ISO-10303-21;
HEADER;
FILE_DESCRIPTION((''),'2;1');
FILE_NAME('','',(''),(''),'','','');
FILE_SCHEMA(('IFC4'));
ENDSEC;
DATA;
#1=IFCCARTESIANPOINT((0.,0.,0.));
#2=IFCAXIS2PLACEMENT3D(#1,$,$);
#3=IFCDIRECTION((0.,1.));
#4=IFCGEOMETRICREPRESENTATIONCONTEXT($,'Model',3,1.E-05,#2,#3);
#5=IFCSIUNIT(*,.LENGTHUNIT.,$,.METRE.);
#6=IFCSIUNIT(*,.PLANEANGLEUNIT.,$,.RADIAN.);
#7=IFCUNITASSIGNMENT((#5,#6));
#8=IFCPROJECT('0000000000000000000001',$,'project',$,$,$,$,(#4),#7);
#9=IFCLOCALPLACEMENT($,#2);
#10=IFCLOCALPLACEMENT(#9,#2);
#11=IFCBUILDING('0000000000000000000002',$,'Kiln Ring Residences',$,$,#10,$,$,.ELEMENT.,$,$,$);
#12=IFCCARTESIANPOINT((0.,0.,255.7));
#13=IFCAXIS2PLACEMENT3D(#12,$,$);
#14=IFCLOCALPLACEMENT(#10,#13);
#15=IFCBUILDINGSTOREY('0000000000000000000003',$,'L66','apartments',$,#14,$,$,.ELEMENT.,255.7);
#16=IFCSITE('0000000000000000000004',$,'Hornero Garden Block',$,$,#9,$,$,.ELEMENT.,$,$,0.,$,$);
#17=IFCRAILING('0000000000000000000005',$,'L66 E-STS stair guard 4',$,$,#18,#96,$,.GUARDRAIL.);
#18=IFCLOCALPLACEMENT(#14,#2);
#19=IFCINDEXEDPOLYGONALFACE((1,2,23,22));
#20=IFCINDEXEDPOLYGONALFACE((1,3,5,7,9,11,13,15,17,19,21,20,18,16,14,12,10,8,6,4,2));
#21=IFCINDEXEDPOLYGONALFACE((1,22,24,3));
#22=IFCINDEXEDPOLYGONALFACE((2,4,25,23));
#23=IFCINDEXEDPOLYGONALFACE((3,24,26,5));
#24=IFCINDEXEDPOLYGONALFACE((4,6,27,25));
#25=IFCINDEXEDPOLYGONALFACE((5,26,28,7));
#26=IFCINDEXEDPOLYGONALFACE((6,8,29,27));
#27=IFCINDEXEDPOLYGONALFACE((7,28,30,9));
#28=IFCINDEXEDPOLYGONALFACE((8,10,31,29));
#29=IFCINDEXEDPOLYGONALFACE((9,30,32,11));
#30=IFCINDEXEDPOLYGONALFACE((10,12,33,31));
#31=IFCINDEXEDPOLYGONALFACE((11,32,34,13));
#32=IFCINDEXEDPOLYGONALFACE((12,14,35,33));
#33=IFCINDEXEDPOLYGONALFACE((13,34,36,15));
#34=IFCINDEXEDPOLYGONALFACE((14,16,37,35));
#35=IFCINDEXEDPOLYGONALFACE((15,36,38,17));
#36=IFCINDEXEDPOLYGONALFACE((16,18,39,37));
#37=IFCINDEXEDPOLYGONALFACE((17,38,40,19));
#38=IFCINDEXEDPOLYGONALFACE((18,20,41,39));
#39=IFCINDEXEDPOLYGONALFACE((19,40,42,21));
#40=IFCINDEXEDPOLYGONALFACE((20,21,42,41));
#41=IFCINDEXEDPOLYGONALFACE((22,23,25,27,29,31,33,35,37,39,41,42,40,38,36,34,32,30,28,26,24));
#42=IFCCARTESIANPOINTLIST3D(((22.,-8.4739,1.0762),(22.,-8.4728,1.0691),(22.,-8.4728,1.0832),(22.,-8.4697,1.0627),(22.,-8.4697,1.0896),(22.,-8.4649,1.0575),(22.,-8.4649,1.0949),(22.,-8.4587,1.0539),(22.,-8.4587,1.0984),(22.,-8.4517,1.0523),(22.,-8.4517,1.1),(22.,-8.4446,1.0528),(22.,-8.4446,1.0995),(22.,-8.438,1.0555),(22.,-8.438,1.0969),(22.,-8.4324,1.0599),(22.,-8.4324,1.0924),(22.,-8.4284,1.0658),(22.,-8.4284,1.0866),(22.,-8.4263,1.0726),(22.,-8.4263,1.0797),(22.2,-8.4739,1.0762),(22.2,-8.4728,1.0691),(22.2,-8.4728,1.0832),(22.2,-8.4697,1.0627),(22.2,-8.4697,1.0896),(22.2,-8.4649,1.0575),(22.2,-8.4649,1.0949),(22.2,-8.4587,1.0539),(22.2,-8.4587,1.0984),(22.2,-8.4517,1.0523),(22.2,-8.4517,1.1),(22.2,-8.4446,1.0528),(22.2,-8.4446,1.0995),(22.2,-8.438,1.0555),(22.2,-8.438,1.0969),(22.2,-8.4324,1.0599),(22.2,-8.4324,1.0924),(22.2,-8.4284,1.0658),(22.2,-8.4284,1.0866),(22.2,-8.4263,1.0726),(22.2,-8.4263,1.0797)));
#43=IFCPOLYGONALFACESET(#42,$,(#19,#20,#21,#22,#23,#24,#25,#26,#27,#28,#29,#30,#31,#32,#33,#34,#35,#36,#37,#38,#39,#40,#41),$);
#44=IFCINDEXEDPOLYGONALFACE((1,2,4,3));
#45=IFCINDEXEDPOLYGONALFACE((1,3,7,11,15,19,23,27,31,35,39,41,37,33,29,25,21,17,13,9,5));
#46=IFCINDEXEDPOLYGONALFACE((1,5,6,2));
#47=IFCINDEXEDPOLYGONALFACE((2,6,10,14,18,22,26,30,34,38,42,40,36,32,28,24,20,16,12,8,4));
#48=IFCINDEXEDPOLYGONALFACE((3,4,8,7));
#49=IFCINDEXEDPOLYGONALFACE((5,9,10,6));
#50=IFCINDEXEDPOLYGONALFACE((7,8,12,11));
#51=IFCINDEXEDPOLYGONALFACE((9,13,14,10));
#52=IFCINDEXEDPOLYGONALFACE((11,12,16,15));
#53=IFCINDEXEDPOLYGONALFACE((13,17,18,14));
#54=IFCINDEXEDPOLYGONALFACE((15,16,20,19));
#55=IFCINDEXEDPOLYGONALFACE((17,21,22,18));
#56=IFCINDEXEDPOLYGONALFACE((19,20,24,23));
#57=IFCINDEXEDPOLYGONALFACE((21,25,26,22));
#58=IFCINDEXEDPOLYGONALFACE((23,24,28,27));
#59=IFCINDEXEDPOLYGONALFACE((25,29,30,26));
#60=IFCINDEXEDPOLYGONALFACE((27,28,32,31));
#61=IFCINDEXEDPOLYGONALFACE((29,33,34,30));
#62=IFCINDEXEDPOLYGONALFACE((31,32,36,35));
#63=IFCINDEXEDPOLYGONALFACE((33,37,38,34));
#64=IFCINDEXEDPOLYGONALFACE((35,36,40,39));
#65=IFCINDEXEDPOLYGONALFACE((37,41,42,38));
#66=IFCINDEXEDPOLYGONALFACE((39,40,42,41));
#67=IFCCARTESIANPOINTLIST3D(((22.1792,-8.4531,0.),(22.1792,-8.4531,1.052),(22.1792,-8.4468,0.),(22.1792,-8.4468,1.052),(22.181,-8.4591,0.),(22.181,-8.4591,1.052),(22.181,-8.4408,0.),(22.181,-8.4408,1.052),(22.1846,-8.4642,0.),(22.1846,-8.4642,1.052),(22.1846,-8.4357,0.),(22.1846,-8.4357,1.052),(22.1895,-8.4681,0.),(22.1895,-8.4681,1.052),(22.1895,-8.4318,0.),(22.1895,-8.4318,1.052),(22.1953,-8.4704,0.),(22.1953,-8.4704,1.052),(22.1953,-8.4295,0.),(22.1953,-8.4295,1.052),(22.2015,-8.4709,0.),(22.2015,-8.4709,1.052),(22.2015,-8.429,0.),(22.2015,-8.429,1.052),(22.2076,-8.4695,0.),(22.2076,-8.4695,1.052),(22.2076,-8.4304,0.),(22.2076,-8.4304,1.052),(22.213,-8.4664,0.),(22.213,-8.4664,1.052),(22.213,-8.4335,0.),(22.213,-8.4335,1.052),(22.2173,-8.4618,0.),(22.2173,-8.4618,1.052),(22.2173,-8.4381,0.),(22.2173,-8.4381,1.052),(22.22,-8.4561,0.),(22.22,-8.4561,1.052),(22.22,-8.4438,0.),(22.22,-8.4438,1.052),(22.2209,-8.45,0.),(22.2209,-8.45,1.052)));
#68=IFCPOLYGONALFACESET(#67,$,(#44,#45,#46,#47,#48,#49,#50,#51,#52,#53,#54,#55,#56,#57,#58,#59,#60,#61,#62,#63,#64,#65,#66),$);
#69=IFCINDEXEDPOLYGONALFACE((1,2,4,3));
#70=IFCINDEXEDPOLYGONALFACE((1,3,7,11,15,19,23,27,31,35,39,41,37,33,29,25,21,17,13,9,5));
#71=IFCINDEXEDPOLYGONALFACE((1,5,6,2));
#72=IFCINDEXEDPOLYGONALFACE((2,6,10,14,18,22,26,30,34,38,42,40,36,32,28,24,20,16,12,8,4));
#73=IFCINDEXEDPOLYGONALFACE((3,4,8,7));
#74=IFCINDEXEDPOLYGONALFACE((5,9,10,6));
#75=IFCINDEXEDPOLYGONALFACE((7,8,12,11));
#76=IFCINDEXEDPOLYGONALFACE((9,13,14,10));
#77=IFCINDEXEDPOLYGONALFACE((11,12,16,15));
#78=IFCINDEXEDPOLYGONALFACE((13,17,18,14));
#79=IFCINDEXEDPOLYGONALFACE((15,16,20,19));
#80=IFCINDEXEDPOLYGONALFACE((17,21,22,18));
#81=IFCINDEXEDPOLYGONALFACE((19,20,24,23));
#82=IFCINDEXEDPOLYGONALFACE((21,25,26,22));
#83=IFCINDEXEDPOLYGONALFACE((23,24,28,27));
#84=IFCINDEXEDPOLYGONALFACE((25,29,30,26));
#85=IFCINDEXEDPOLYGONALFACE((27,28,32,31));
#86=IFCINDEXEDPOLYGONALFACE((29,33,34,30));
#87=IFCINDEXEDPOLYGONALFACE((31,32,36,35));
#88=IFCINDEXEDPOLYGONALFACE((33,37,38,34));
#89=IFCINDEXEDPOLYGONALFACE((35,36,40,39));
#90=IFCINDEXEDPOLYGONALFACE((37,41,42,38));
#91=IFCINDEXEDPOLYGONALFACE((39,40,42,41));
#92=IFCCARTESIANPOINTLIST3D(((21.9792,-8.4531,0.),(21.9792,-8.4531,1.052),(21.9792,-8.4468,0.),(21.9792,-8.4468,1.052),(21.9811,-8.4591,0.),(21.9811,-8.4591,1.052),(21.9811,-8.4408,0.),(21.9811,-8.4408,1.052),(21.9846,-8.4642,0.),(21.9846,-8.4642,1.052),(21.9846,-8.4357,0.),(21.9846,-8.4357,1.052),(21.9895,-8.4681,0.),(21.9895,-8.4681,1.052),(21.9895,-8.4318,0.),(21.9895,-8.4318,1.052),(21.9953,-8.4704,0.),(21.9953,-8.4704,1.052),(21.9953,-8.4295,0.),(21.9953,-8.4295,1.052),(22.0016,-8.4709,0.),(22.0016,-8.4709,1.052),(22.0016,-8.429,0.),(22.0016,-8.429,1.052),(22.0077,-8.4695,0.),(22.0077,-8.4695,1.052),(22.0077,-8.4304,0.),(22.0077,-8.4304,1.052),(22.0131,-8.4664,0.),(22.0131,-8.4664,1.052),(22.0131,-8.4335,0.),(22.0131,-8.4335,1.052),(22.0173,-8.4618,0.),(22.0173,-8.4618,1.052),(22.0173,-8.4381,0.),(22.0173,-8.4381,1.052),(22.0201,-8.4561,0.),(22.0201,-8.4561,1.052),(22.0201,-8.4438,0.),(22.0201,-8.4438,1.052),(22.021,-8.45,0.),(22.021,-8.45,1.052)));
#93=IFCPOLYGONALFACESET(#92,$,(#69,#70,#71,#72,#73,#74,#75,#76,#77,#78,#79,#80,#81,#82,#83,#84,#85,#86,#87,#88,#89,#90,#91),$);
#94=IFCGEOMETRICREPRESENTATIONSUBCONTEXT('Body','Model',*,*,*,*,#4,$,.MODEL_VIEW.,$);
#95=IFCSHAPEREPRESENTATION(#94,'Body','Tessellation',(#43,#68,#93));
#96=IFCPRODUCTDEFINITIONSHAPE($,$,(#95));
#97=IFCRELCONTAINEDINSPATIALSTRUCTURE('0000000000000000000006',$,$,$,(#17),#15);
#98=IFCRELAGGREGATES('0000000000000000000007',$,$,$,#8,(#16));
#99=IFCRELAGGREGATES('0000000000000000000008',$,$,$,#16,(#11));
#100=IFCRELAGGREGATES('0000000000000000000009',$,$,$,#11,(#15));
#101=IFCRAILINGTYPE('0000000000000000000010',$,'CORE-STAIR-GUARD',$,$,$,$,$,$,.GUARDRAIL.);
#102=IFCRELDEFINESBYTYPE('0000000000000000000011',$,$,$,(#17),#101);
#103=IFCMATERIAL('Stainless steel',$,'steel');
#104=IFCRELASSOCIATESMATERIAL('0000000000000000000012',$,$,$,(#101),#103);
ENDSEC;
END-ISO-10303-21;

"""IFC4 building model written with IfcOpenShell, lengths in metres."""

from ifc_helpers import new_model, si_unit, direction, frame, origin, origin_2d, place, context, subcontext, project, spatial, circle, extrude, material, type_object, element, save


model = new_model("IFC4")

# Units and contexts
model_context = context("Model", 3, precision=1e-05, world=origin(), true_north=direction((0.0, 1.0)))
body_context = subcontext(model_context, "Body", "Model", "MODEL_VIEW")
ifc_project = project(units=[si_unit("LENGTHUNIT", "METRE"), si_unit("PLANEANGLEUNIT", "RADIAN")], contexts=[model_context])

# Site, building, storey
site_placement = place(None, origin())
site = spatial("IfcSite", under=ifc_project, at=site_placement, Name="Hornero Garden Block", CompositionType="ELEMENT", RefElevation=0.0)
building_placement = place(site_placement, origin())
building = spatial("IfcBuilding", under=site, at=building_placement, Name="Kiln Ring Residences", CompositionType="ELEMENT")
storey_placement = place(building_placement, frame((0.0, 0.0, 255.7)))
storey = spatial("IfcBuildingStorey", under=building, at=storey_placement, Name="L66", Description="apartments", CompositionType="ELEMENT", Elevation=255.7)

# Railing
ifc_material_1 = material(Name="Stainless steel", Category="steel")
railing_type_1 = type_object("IfcRailingType", Name="CORE-STAIR-GUARD", PredefinedType="GUARDRAIL", material=ifc_material_1)
railing_1_placement = place(storey_placement, frame((22.2, -8.45, 0.0)))
element("IfcRailing", 1, at=railing_1_placement, inside=storey, type_object=railing_type_1, Name="L66 E-STS stair guard 4", PredefinedType="GUARDRAIL", context=body_context, shape_type="SweptSolid", body=[
    extrude(circle(Radius=0.0239, at=origin_2d()), frame((0.0, 0.0, 1.0762), z_axis=(-1.0, 0.0, 0.0), x_axis=(0.0, -1.0, 0.0)), (0.0, 0.0, 1.0), 0.2),
    extrude(circle(Radius=0.021, at=origin_2d()), origin(), (0.0, 0.0, 1.0), 1.052),
    extrude(circle(Radius=0.021, at=origin_2d()), frame((-0.2, 0.0, 0.0)), (0.0, 0.0, 1.0), 1.052),
])

save(model, "model.ifc")
